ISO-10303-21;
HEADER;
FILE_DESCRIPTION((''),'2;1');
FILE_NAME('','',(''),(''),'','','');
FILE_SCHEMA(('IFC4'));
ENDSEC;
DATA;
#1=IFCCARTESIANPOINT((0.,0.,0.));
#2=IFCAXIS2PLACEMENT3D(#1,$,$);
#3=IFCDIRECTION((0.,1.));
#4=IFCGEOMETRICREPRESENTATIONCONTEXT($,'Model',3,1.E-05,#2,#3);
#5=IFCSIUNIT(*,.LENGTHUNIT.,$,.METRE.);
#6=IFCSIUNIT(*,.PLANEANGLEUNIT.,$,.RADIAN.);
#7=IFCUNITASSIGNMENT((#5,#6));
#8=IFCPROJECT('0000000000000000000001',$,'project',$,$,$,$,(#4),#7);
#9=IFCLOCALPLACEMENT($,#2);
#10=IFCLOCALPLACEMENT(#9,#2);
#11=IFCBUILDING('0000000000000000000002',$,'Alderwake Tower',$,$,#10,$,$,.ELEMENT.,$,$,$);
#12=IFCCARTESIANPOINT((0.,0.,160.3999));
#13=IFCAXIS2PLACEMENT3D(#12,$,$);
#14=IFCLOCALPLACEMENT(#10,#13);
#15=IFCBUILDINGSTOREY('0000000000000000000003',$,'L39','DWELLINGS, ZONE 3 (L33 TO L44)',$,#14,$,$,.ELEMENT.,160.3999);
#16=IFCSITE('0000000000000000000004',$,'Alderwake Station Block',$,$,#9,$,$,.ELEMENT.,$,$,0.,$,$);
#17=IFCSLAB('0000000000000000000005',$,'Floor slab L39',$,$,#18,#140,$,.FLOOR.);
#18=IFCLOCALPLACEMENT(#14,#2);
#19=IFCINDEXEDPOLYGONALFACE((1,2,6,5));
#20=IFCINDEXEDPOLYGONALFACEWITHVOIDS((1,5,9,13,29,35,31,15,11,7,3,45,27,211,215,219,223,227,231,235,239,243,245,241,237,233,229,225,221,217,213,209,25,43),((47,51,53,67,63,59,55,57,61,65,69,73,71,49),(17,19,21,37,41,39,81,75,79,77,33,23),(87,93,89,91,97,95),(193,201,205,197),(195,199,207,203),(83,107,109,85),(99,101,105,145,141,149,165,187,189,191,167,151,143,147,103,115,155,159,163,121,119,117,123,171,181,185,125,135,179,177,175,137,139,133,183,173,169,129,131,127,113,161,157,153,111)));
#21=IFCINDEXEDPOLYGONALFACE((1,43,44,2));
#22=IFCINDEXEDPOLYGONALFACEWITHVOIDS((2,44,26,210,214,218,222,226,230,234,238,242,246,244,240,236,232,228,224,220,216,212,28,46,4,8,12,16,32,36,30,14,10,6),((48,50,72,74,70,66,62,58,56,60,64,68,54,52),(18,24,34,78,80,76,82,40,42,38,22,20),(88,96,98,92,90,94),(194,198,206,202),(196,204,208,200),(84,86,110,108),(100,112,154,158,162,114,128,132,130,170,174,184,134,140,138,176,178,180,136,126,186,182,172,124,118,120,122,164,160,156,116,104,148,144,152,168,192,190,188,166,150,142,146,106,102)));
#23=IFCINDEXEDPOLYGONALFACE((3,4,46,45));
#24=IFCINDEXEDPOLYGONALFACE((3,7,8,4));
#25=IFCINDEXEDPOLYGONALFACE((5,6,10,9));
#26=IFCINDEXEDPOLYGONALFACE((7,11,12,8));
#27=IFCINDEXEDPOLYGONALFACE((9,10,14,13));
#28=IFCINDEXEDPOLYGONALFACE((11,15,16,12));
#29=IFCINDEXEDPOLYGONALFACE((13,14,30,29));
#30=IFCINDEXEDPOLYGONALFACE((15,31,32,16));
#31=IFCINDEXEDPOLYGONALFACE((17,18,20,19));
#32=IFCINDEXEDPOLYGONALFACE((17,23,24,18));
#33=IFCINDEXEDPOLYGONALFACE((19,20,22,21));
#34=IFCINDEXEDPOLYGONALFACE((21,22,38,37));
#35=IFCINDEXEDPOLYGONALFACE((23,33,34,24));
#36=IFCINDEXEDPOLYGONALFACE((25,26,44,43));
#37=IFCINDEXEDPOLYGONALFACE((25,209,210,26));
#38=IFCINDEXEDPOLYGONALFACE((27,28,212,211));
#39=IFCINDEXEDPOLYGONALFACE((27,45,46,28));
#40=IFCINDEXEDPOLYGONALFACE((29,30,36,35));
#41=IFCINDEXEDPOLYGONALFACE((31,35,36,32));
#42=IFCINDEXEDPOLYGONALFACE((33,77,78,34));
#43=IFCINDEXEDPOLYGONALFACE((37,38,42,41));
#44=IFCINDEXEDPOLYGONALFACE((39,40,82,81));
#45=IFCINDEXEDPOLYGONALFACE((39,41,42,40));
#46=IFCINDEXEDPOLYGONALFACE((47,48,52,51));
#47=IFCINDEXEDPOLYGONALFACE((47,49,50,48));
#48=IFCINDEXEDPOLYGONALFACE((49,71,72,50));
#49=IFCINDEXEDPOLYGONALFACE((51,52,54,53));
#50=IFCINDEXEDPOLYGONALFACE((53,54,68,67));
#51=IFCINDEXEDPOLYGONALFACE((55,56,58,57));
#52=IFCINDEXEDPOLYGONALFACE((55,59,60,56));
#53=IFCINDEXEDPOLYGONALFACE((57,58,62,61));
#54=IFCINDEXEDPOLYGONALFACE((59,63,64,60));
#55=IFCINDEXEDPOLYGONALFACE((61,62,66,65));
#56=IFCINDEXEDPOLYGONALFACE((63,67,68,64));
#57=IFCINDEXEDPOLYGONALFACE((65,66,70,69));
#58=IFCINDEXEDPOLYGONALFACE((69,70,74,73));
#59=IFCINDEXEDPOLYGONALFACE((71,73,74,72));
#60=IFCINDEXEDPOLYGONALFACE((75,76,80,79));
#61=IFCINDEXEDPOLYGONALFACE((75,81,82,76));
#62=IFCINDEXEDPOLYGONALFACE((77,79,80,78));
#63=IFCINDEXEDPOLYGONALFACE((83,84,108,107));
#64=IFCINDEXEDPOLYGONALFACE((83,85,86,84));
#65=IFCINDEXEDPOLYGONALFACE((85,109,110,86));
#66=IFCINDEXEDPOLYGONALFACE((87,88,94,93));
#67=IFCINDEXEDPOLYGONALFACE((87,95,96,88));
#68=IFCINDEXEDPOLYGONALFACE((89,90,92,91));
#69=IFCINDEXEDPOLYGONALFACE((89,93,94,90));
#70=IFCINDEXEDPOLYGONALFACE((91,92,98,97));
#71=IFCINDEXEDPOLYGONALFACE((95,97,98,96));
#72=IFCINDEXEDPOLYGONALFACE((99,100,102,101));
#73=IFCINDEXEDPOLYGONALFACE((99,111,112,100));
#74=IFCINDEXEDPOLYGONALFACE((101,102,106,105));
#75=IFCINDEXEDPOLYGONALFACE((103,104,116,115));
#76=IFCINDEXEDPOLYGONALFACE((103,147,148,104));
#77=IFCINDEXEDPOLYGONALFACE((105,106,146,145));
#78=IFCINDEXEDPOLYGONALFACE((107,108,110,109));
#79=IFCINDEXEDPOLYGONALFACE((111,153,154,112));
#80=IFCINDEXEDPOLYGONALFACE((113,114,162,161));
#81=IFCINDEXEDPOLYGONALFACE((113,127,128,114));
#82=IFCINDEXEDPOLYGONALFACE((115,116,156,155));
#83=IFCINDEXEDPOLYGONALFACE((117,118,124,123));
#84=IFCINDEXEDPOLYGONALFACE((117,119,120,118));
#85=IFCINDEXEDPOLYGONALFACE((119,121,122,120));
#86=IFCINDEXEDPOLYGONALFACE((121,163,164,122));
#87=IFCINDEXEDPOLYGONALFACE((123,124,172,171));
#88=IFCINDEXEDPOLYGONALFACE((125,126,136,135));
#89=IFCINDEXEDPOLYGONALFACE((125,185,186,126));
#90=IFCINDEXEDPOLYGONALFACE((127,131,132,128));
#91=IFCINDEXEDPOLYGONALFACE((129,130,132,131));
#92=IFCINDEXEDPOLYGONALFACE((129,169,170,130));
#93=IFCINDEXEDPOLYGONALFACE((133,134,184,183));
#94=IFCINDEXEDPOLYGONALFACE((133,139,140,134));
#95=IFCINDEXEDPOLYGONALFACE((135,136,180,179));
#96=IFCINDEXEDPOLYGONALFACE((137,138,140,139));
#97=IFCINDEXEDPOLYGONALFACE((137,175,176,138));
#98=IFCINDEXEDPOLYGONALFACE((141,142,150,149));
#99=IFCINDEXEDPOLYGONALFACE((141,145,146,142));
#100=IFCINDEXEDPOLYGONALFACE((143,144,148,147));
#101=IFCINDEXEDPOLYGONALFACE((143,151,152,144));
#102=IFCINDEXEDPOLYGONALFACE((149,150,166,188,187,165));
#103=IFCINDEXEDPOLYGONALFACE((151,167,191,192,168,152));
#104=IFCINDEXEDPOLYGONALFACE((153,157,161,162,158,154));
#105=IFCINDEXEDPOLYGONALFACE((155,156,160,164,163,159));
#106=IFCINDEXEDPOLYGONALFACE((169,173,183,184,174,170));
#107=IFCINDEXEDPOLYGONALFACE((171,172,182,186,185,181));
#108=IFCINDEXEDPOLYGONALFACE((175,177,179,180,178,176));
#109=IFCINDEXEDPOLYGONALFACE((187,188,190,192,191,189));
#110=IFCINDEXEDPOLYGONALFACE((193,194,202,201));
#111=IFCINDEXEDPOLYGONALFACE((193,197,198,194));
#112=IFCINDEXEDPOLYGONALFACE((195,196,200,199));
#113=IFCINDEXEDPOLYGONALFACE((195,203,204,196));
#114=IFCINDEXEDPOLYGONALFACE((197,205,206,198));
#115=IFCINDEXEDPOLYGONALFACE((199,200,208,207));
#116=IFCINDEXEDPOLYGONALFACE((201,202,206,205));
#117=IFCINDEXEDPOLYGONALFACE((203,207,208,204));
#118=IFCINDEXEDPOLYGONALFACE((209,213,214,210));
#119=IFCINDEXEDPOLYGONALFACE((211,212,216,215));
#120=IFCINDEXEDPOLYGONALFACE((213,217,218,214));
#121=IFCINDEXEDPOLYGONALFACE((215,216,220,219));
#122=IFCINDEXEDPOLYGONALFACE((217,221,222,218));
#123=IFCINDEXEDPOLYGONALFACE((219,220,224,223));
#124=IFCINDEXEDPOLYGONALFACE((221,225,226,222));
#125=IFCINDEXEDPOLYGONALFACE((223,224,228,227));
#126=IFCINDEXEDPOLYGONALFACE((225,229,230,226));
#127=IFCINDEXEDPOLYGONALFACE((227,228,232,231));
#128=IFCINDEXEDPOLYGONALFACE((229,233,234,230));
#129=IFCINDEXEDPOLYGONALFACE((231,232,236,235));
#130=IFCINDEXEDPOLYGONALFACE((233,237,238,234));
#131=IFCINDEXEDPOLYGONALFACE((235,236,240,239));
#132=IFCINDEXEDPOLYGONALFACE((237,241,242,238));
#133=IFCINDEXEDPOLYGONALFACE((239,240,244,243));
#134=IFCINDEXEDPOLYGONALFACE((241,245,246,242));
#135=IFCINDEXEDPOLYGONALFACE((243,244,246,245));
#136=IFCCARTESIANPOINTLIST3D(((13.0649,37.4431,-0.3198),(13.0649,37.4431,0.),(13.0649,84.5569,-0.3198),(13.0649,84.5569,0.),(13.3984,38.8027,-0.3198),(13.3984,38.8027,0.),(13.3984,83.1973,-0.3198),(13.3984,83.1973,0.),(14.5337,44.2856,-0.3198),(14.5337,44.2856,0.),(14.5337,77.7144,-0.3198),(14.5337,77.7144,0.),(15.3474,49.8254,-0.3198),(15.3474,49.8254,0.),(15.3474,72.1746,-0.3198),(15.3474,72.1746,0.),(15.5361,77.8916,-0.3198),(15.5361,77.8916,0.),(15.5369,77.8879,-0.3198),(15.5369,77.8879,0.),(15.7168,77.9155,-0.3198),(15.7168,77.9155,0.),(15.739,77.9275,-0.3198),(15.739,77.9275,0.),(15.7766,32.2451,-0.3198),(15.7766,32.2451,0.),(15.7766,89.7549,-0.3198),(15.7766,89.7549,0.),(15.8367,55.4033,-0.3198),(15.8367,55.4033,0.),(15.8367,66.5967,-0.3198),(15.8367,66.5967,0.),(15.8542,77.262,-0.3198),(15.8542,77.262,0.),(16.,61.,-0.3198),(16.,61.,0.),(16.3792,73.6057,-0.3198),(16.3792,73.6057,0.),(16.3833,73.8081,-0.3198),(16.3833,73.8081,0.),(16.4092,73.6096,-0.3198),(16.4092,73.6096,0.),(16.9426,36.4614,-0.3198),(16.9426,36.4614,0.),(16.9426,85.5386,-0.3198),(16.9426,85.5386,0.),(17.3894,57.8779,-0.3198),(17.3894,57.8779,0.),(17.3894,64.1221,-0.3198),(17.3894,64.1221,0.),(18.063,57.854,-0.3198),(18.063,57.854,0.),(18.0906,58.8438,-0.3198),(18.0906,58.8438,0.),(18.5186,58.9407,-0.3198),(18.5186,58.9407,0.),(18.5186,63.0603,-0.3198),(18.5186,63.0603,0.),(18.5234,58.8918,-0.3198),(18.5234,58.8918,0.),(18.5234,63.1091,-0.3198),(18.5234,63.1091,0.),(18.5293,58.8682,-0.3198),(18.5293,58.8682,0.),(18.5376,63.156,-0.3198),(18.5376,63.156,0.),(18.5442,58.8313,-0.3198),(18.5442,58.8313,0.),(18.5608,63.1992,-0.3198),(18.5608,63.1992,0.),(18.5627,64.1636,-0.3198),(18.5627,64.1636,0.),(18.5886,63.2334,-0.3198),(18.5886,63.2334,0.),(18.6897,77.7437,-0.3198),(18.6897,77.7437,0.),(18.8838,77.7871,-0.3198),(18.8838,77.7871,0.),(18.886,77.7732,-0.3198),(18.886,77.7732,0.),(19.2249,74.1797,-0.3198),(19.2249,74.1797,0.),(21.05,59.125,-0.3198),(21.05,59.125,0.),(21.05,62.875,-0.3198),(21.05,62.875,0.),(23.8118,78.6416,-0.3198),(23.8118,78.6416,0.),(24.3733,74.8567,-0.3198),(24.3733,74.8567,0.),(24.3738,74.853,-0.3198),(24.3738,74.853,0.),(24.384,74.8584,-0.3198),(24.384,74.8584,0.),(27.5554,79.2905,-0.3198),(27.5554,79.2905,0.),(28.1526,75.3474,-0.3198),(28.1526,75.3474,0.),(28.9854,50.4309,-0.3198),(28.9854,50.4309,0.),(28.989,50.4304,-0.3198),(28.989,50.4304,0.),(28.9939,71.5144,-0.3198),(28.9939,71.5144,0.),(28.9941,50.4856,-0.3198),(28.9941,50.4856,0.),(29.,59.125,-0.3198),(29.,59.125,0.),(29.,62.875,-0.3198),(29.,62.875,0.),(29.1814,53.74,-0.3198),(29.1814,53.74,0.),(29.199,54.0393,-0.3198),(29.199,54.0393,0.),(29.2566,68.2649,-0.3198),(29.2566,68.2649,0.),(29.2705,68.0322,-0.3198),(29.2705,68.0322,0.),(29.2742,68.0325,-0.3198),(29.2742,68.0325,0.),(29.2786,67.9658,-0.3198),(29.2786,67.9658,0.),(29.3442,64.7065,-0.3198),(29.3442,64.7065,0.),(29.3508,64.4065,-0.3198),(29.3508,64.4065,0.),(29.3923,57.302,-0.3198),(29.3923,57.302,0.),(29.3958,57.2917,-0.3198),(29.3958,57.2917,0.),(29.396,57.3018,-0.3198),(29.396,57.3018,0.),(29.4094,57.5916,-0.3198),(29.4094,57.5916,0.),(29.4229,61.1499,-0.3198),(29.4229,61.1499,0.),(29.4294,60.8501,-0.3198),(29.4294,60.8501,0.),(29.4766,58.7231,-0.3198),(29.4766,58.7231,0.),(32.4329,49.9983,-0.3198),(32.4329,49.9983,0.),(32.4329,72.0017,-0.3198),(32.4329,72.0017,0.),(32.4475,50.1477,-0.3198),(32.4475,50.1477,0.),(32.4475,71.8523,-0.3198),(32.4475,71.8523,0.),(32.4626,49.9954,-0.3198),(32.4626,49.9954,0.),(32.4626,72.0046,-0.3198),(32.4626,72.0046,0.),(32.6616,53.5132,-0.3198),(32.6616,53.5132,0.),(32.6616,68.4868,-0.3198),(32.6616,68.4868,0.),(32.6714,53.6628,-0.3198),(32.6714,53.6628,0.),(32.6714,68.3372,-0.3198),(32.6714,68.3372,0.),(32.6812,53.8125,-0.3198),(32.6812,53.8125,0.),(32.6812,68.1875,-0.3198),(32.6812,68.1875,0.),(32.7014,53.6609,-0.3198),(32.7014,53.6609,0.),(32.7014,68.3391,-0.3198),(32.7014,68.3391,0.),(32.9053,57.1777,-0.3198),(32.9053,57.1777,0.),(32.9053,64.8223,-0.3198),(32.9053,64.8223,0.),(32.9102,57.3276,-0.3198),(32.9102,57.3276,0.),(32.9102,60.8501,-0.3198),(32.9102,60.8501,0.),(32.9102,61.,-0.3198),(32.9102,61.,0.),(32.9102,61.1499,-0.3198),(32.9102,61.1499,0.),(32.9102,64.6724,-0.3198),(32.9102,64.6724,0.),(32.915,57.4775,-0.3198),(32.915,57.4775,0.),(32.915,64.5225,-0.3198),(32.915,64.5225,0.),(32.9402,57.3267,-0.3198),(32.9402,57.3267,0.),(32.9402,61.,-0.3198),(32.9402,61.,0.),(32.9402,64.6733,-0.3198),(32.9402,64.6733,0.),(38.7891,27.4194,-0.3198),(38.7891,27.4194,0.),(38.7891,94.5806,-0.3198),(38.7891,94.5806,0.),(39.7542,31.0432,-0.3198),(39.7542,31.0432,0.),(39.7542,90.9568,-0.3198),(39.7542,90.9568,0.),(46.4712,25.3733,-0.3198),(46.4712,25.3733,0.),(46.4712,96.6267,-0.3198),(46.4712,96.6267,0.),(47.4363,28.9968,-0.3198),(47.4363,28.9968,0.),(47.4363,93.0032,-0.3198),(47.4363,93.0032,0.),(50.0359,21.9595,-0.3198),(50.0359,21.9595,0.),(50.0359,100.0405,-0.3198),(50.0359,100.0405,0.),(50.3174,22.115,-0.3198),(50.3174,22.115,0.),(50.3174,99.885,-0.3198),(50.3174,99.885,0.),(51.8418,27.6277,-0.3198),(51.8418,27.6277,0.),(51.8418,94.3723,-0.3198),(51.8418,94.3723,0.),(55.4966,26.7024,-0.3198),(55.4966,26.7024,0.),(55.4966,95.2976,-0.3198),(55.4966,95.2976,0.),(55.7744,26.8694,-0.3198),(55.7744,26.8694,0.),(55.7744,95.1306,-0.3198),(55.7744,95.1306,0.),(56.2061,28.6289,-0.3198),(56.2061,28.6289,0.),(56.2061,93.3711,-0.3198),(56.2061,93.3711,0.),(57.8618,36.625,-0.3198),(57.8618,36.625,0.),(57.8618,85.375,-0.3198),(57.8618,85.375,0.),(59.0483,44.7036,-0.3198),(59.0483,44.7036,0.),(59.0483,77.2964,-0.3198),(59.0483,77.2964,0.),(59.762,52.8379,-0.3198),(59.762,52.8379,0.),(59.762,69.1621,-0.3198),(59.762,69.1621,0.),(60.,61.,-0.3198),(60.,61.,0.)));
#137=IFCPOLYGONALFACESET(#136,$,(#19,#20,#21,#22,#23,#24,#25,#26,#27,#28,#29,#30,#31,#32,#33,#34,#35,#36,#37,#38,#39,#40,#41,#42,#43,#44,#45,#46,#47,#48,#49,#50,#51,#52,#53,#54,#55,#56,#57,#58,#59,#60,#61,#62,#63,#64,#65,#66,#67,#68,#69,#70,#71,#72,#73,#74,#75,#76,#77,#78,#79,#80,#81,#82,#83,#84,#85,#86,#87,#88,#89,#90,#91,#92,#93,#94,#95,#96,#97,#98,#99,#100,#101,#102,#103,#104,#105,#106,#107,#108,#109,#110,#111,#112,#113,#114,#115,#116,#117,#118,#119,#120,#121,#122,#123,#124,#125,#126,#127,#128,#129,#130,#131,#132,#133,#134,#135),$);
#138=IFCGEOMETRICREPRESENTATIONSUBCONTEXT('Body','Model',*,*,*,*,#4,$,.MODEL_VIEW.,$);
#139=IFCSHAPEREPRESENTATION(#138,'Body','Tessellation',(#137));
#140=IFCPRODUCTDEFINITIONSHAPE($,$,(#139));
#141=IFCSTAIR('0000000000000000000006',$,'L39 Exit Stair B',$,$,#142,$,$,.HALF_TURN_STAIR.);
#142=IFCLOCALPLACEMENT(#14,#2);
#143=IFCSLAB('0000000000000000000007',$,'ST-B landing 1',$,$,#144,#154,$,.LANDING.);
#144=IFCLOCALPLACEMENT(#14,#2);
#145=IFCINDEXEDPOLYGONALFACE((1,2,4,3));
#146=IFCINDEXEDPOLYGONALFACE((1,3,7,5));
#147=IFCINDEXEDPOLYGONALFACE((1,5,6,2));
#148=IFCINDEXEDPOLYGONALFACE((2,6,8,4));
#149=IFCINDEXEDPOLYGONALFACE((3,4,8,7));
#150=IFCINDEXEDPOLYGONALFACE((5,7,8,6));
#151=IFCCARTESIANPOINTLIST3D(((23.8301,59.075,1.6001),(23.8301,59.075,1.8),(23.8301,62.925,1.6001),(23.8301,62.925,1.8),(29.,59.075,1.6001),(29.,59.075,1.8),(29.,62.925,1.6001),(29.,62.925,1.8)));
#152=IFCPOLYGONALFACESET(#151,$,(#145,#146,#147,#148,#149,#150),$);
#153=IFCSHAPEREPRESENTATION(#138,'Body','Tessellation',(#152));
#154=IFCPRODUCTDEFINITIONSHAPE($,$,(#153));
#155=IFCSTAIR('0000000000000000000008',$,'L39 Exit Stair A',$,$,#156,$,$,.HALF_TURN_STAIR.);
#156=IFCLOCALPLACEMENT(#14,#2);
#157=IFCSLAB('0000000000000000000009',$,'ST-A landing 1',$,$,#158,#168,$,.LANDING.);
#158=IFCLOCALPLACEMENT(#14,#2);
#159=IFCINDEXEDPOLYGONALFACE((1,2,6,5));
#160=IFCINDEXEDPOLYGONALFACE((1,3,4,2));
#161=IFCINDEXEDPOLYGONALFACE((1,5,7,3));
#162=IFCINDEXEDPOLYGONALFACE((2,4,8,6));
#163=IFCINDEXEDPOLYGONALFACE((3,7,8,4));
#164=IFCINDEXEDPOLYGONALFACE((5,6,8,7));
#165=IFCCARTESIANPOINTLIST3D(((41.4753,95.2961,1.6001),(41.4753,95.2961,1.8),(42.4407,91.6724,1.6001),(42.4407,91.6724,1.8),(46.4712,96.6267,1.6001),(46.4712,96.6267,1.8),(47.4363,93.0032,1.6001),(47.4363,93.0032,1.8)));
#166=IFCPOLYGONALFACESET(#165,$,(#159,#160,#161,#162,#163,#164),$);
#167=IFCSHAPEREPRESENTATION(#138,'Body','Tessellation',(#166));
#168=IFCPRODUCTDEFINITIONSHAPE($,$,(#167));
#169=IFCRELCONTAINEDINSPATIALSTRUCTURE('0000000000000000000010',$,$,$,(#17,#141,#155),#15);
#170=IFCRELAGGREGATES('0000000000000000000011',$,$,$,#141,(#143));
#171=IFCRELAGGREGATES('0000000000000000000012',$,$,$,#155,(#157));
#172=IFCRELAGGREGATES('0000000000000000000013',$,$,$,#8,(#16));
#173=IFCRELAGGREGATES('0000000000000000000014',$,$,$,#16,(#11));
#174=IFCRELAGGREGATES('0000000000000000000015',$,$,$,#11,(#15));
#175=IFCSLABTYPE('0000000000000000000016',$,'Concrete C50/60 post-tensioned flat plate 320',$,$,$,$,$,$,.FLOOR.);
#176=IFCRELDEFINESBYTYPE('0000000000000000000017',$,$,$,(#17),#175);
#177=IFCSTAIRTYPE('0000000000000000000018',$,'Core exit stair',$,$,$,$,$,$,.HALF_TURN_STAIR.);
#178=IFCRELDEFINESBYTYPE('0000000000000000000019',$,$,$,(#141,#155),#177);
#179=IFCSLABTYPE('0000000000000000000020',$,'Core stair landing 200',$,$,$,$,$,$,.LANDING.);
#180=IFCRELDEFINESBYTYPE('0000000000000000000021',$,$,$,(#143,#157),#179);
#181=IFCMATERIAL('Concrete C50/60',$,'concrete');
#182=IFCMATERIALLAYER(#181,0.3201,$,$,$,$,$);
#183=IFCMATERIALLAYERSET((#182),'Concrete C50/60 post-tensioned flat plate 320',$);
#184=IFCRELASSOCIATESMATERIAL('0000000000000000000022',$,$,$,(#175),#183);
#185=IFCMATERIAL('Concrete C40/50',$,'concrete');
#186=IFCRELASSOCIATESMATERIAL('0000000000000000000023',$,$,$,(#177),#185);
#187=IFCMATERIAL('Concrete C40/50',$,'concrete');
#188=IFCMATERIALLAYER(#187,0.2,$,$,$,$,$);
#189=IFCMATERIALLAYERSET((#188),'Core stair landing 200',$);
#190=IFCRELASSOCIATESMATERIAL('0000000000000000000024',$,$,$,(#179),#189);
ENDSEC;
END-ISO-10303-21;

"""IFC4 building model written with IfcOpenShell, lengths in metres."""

from ifc_helpers import new_model, si_unit, direction, frame, origin, place, context, subcontext, project, spatial, polyline, outline, extrude, material, layer, layer_set, type_object, element, aggregate, save


model = new_model("IFC4")

# Units and contexts
model_context = context("Model", 3, precision=1e-05, world=origin(), true_north=direction((0.0, 1.0)))
body_context = subcontext(model_context, "Body", "Model", "MODEL_VIEW")
ifc_project = project(units=[si_unit("LENGTHUNIT", "METRE"), si_unit("PLANEANGLEUNIT", "RADIAN")], contexts=[model_context])

# Site, building, storey
site_placement = place(None, origin())
site = spatial("IfcSite", under=ifc_project, at=site_placement, Name="Alderwake Station Block", CompositionType="ELEMENT", RefElevation=0.0)
building_placement = place(site_placement, origin())
building = spatial("IfcBuilding", under=site, at=building_placement, Name="Alderwake Tower", CompositionType="ELEMENT")
storey_placement = place(building_placement, frame((0.0, 0.0, 160.3999)))
storey = spatial("IfcBuildingStorey", under=building, at=storey_placement, Name="L39", Description="DWELLINGS, ZONE 3 (L33 TO L44)", CompositionType="ELEMENT", Elevation=160.3999)

# Slab
ifc_material_1 = material(Name="Concrete C50/60", Category="concrete")
ifc_layer_1 = layer(ifc_material_1, 0.3201)
ifc_layer_set_1 = layer_set([ifc_layer_1], Name="Concrete C50/60 post-tensioned flat plate 320")
slab_type_1 = type_object("IfcSlabType", Name="Concrete C50/60 post-tensioned flat plate 320", PredefinedType="FLOOR", material=ifc_layer_set_1)
slab_1_placement = place(storey_placement, frame((0.0, 0.0, -0.3198)))
element("IfcSlab", 1, at=slab_1_placement, inside=storey, type_object=slab_type_1, Name="Floor slab L39", PredefinedType="FLOOR", context=body_context, shape_type="SweptSolid", body=[
    extrude(outline(polyline([(13.0649, 37.4431), (13.3984, 38.8027), (14.5337, 44.2856), (15.3474, 49.8254), (15.8367, 55.4033), (16.0, 61.0), (15.8367, 66.5967), (15.3474, 72.1746), (14.5337, 77.7144), (13.3984, 83.1973), (13.0649, 84.5569), (16.9426, 85.5386), (15.7766, 89.7549), (50.0359, 100.0405), (50.3174, 99.885), (51.8418, 94.3723), (55.4966, 95.2976), (55.7744, 95.1306), (56.2061, 93.3711), (57.8618, 85.375), (59.0483, 77.2964), (59.762, 69.1621), (60.0, 61.0), (59.762, 52.8379), (59.0483, 44.7036), (57.8618, 36.625), (56.2061, 28.6289), (55.7744, 26.8694), (55.4966, 26.7024), (51.8418, 27.6277), (50.3174, 22.115), (50.0359, 21.9595), (15.7766, 32.2451), (16.9426, 36.4614), (13.0649, 37.4431)]), holes=[polyline([(28.9854, 50.4309), (28.989, 50.4304), (28.9941, 50.4856), (32.4475, 50.1477), (32.4329, 49.9983), (32.4626, 49.9954), (32.7014, 53.6609), (32.9402, 57.3267), (32.9402, 61.0), (32.9402, 64.6733), (32.7014, 68.3391), (32.4626, 72.0046), (32.4329, 72.0017), (32.4475, 71.8523), (28.9939, 71.5144), (29.2566, 68.2649), (32.6616, 68.4868), (32.6714, 68.3372), (32.6812, 68.1875), (29.2786, 67.9658), (29.2742, 68.0325), (29.2705, 68.0322), (29.3442, 64.7065), (32.9053, 64.8223), (32.9102, 64.6724), (32.915, 64.5225), (29.3508, 64.4065), (29.4229, 61.1499), (32.9102, 61.1499), (32.9102, 61.0), (32.9102, 60.8501), (29.4294, 60.8501), (29.4766, 58.7231), (29.4094, 57.5916), (32.915, 57.4775), (32.9102, 57.3276), (32.9053, 57.1777), (29.3958, 57.2917), (29.396, 57.3018), (29.3923, 57.302), (29.199, 54.0393), (32.6812, 53.8125), (32.6714, 53.6628), (32.6616, 53.5132), (29.1814, 53.74), (28.9854, 50.4309)]), polyline([(21.05, 62.875), (21.05, 59.125), (29.0, 59.125), (29.0, 62.875), (21.05, 62.875)]), polyline([(15.739, 77.9275), (15.5361, 77.8916), (15.5369, 77.8879), (15.7168, 77.9155), (16.3792, 73.6057), (16.4092, 73.6096), (16.3833, 73.8081), (19.2249, 74.1797), (18.6897, 77.7437), (18.886, 77.7732), (18.8838, 77.7871), (15.8542, 77.262), (15.739, 77.9275)]), polyline([(27.5554, 79.2905), (23.8118, 78.6416), (24.384, 74.8584), (24.3733, 74.8567), (24.3738, 74.853), (28.1526, 75.3474), (27.5554, 79.2905)]), polyline([(47.4363, 28.9968), (39.7542, 31.0432), (38.7891, 27.4194), (46.4712, 25.3733), (47.4363, 28.9968)]), polyline([(46.4712, 96.6267), (38.7891, 94.5806), (39.7542, 90.9568), (47.4363, 93.0032), (46.4712, 96.6267)]), polyline([(17.3894, 64.1221), (17.3894, 57.8779), (18.063, 57.854), (18.0906, 58.8438), (18.5442, 58.8313), (18.5293, 58.8682), (18.5234, 58.8918), (18.5186, 58.9407), (18.5186, 63.0603), (18.5234, 63.1091), (18.5376, 63.156), (18.5608, 63.1992), (18.5886, 63.2334), (18.5627, 64.1636), (17.3894, 64.1221)])]), origin(), (0.0, 0.0, 1.0), 0.3198),
])

# Stairs, slabs
ifc_material_2 = material(Name="Concrete C40/50", Category="concrete")
stair_type = type_object("IfcStairType", Name="Core exit stair", PredefinedType="HALF_TURN_STAIR", material=ifc_material_2)
stair_1_placement = place(storey_placement, origin())
stair_1 = element("IfcStair", 2, at=stair_1_placement, inside=storey, type_object=stair_type, Name="L39 Exit Stair B", PredefinedType="HALF_TURN_STAIR")
ifc_material_3 = material(Name="Concrete C40/50", Category="concrete")
ifc_layer_2 = layer(ifc_material_3, 0.2)
ifc_layer_set_2 = layer_set([ifc_layer_2], Name="Core stair landing 200")
slab_type_2 = type_object("IfcSlabType", Name="Core stair landing 200", PredefinedType="LANDING", material=ifc_layer_set_2)
slab_2_placement = place(storey_placement, frame((0.0, 0.0, 1.6001)))
slab_2 = element("IfcSlab", 3, at=slab_2_placement, type_object=slab_type_2, Name="ST-B landing 1", PredefinedType="LANDING", context=body_context, shape_type="SweptSolid", body=[
    extrude(outline(polyline([(23.8301, 59.075), (29.0, 59.075), (29.0, 62.925), (23.8301, 62.925), (23.8301, 59.075)])), origin(), (0.0, 0.0, 1.0), 0.2),
])
aggregate(stair_1, [slab_2])
stair_2_placement = place(storey_placement, origin())
stair_2 = element("IfcStair", 4, at=stair_2_placement, inside=storey, type_object=stair_type, Name="L39 Exit Stair A", PredefinedType="HALF_TURN_STAIR")
slab_3_placement = place(storey_placement, frame((0.0, 0.0, 1.6001)))
slab_3 = element("IfcSlab", 5, at=slab_3_placement, type_object=slab_type_2, Name="ST-A landing 1", PredefinedType="LANDING", context=body_context, shape_type="SweptSolid", body=[
    extrude(outline(polyline([(42.4407, 91.6724), (47.4363, 93.0032), (46.4712, 96.6267), (41.4753, 95.2961), (42.4407, 91.6724)])), origin(), (0.0, 0.0, 1.0), 0.2),
])
aggregate(stair_2, [slab_3])

save(model, "model.ifc")
